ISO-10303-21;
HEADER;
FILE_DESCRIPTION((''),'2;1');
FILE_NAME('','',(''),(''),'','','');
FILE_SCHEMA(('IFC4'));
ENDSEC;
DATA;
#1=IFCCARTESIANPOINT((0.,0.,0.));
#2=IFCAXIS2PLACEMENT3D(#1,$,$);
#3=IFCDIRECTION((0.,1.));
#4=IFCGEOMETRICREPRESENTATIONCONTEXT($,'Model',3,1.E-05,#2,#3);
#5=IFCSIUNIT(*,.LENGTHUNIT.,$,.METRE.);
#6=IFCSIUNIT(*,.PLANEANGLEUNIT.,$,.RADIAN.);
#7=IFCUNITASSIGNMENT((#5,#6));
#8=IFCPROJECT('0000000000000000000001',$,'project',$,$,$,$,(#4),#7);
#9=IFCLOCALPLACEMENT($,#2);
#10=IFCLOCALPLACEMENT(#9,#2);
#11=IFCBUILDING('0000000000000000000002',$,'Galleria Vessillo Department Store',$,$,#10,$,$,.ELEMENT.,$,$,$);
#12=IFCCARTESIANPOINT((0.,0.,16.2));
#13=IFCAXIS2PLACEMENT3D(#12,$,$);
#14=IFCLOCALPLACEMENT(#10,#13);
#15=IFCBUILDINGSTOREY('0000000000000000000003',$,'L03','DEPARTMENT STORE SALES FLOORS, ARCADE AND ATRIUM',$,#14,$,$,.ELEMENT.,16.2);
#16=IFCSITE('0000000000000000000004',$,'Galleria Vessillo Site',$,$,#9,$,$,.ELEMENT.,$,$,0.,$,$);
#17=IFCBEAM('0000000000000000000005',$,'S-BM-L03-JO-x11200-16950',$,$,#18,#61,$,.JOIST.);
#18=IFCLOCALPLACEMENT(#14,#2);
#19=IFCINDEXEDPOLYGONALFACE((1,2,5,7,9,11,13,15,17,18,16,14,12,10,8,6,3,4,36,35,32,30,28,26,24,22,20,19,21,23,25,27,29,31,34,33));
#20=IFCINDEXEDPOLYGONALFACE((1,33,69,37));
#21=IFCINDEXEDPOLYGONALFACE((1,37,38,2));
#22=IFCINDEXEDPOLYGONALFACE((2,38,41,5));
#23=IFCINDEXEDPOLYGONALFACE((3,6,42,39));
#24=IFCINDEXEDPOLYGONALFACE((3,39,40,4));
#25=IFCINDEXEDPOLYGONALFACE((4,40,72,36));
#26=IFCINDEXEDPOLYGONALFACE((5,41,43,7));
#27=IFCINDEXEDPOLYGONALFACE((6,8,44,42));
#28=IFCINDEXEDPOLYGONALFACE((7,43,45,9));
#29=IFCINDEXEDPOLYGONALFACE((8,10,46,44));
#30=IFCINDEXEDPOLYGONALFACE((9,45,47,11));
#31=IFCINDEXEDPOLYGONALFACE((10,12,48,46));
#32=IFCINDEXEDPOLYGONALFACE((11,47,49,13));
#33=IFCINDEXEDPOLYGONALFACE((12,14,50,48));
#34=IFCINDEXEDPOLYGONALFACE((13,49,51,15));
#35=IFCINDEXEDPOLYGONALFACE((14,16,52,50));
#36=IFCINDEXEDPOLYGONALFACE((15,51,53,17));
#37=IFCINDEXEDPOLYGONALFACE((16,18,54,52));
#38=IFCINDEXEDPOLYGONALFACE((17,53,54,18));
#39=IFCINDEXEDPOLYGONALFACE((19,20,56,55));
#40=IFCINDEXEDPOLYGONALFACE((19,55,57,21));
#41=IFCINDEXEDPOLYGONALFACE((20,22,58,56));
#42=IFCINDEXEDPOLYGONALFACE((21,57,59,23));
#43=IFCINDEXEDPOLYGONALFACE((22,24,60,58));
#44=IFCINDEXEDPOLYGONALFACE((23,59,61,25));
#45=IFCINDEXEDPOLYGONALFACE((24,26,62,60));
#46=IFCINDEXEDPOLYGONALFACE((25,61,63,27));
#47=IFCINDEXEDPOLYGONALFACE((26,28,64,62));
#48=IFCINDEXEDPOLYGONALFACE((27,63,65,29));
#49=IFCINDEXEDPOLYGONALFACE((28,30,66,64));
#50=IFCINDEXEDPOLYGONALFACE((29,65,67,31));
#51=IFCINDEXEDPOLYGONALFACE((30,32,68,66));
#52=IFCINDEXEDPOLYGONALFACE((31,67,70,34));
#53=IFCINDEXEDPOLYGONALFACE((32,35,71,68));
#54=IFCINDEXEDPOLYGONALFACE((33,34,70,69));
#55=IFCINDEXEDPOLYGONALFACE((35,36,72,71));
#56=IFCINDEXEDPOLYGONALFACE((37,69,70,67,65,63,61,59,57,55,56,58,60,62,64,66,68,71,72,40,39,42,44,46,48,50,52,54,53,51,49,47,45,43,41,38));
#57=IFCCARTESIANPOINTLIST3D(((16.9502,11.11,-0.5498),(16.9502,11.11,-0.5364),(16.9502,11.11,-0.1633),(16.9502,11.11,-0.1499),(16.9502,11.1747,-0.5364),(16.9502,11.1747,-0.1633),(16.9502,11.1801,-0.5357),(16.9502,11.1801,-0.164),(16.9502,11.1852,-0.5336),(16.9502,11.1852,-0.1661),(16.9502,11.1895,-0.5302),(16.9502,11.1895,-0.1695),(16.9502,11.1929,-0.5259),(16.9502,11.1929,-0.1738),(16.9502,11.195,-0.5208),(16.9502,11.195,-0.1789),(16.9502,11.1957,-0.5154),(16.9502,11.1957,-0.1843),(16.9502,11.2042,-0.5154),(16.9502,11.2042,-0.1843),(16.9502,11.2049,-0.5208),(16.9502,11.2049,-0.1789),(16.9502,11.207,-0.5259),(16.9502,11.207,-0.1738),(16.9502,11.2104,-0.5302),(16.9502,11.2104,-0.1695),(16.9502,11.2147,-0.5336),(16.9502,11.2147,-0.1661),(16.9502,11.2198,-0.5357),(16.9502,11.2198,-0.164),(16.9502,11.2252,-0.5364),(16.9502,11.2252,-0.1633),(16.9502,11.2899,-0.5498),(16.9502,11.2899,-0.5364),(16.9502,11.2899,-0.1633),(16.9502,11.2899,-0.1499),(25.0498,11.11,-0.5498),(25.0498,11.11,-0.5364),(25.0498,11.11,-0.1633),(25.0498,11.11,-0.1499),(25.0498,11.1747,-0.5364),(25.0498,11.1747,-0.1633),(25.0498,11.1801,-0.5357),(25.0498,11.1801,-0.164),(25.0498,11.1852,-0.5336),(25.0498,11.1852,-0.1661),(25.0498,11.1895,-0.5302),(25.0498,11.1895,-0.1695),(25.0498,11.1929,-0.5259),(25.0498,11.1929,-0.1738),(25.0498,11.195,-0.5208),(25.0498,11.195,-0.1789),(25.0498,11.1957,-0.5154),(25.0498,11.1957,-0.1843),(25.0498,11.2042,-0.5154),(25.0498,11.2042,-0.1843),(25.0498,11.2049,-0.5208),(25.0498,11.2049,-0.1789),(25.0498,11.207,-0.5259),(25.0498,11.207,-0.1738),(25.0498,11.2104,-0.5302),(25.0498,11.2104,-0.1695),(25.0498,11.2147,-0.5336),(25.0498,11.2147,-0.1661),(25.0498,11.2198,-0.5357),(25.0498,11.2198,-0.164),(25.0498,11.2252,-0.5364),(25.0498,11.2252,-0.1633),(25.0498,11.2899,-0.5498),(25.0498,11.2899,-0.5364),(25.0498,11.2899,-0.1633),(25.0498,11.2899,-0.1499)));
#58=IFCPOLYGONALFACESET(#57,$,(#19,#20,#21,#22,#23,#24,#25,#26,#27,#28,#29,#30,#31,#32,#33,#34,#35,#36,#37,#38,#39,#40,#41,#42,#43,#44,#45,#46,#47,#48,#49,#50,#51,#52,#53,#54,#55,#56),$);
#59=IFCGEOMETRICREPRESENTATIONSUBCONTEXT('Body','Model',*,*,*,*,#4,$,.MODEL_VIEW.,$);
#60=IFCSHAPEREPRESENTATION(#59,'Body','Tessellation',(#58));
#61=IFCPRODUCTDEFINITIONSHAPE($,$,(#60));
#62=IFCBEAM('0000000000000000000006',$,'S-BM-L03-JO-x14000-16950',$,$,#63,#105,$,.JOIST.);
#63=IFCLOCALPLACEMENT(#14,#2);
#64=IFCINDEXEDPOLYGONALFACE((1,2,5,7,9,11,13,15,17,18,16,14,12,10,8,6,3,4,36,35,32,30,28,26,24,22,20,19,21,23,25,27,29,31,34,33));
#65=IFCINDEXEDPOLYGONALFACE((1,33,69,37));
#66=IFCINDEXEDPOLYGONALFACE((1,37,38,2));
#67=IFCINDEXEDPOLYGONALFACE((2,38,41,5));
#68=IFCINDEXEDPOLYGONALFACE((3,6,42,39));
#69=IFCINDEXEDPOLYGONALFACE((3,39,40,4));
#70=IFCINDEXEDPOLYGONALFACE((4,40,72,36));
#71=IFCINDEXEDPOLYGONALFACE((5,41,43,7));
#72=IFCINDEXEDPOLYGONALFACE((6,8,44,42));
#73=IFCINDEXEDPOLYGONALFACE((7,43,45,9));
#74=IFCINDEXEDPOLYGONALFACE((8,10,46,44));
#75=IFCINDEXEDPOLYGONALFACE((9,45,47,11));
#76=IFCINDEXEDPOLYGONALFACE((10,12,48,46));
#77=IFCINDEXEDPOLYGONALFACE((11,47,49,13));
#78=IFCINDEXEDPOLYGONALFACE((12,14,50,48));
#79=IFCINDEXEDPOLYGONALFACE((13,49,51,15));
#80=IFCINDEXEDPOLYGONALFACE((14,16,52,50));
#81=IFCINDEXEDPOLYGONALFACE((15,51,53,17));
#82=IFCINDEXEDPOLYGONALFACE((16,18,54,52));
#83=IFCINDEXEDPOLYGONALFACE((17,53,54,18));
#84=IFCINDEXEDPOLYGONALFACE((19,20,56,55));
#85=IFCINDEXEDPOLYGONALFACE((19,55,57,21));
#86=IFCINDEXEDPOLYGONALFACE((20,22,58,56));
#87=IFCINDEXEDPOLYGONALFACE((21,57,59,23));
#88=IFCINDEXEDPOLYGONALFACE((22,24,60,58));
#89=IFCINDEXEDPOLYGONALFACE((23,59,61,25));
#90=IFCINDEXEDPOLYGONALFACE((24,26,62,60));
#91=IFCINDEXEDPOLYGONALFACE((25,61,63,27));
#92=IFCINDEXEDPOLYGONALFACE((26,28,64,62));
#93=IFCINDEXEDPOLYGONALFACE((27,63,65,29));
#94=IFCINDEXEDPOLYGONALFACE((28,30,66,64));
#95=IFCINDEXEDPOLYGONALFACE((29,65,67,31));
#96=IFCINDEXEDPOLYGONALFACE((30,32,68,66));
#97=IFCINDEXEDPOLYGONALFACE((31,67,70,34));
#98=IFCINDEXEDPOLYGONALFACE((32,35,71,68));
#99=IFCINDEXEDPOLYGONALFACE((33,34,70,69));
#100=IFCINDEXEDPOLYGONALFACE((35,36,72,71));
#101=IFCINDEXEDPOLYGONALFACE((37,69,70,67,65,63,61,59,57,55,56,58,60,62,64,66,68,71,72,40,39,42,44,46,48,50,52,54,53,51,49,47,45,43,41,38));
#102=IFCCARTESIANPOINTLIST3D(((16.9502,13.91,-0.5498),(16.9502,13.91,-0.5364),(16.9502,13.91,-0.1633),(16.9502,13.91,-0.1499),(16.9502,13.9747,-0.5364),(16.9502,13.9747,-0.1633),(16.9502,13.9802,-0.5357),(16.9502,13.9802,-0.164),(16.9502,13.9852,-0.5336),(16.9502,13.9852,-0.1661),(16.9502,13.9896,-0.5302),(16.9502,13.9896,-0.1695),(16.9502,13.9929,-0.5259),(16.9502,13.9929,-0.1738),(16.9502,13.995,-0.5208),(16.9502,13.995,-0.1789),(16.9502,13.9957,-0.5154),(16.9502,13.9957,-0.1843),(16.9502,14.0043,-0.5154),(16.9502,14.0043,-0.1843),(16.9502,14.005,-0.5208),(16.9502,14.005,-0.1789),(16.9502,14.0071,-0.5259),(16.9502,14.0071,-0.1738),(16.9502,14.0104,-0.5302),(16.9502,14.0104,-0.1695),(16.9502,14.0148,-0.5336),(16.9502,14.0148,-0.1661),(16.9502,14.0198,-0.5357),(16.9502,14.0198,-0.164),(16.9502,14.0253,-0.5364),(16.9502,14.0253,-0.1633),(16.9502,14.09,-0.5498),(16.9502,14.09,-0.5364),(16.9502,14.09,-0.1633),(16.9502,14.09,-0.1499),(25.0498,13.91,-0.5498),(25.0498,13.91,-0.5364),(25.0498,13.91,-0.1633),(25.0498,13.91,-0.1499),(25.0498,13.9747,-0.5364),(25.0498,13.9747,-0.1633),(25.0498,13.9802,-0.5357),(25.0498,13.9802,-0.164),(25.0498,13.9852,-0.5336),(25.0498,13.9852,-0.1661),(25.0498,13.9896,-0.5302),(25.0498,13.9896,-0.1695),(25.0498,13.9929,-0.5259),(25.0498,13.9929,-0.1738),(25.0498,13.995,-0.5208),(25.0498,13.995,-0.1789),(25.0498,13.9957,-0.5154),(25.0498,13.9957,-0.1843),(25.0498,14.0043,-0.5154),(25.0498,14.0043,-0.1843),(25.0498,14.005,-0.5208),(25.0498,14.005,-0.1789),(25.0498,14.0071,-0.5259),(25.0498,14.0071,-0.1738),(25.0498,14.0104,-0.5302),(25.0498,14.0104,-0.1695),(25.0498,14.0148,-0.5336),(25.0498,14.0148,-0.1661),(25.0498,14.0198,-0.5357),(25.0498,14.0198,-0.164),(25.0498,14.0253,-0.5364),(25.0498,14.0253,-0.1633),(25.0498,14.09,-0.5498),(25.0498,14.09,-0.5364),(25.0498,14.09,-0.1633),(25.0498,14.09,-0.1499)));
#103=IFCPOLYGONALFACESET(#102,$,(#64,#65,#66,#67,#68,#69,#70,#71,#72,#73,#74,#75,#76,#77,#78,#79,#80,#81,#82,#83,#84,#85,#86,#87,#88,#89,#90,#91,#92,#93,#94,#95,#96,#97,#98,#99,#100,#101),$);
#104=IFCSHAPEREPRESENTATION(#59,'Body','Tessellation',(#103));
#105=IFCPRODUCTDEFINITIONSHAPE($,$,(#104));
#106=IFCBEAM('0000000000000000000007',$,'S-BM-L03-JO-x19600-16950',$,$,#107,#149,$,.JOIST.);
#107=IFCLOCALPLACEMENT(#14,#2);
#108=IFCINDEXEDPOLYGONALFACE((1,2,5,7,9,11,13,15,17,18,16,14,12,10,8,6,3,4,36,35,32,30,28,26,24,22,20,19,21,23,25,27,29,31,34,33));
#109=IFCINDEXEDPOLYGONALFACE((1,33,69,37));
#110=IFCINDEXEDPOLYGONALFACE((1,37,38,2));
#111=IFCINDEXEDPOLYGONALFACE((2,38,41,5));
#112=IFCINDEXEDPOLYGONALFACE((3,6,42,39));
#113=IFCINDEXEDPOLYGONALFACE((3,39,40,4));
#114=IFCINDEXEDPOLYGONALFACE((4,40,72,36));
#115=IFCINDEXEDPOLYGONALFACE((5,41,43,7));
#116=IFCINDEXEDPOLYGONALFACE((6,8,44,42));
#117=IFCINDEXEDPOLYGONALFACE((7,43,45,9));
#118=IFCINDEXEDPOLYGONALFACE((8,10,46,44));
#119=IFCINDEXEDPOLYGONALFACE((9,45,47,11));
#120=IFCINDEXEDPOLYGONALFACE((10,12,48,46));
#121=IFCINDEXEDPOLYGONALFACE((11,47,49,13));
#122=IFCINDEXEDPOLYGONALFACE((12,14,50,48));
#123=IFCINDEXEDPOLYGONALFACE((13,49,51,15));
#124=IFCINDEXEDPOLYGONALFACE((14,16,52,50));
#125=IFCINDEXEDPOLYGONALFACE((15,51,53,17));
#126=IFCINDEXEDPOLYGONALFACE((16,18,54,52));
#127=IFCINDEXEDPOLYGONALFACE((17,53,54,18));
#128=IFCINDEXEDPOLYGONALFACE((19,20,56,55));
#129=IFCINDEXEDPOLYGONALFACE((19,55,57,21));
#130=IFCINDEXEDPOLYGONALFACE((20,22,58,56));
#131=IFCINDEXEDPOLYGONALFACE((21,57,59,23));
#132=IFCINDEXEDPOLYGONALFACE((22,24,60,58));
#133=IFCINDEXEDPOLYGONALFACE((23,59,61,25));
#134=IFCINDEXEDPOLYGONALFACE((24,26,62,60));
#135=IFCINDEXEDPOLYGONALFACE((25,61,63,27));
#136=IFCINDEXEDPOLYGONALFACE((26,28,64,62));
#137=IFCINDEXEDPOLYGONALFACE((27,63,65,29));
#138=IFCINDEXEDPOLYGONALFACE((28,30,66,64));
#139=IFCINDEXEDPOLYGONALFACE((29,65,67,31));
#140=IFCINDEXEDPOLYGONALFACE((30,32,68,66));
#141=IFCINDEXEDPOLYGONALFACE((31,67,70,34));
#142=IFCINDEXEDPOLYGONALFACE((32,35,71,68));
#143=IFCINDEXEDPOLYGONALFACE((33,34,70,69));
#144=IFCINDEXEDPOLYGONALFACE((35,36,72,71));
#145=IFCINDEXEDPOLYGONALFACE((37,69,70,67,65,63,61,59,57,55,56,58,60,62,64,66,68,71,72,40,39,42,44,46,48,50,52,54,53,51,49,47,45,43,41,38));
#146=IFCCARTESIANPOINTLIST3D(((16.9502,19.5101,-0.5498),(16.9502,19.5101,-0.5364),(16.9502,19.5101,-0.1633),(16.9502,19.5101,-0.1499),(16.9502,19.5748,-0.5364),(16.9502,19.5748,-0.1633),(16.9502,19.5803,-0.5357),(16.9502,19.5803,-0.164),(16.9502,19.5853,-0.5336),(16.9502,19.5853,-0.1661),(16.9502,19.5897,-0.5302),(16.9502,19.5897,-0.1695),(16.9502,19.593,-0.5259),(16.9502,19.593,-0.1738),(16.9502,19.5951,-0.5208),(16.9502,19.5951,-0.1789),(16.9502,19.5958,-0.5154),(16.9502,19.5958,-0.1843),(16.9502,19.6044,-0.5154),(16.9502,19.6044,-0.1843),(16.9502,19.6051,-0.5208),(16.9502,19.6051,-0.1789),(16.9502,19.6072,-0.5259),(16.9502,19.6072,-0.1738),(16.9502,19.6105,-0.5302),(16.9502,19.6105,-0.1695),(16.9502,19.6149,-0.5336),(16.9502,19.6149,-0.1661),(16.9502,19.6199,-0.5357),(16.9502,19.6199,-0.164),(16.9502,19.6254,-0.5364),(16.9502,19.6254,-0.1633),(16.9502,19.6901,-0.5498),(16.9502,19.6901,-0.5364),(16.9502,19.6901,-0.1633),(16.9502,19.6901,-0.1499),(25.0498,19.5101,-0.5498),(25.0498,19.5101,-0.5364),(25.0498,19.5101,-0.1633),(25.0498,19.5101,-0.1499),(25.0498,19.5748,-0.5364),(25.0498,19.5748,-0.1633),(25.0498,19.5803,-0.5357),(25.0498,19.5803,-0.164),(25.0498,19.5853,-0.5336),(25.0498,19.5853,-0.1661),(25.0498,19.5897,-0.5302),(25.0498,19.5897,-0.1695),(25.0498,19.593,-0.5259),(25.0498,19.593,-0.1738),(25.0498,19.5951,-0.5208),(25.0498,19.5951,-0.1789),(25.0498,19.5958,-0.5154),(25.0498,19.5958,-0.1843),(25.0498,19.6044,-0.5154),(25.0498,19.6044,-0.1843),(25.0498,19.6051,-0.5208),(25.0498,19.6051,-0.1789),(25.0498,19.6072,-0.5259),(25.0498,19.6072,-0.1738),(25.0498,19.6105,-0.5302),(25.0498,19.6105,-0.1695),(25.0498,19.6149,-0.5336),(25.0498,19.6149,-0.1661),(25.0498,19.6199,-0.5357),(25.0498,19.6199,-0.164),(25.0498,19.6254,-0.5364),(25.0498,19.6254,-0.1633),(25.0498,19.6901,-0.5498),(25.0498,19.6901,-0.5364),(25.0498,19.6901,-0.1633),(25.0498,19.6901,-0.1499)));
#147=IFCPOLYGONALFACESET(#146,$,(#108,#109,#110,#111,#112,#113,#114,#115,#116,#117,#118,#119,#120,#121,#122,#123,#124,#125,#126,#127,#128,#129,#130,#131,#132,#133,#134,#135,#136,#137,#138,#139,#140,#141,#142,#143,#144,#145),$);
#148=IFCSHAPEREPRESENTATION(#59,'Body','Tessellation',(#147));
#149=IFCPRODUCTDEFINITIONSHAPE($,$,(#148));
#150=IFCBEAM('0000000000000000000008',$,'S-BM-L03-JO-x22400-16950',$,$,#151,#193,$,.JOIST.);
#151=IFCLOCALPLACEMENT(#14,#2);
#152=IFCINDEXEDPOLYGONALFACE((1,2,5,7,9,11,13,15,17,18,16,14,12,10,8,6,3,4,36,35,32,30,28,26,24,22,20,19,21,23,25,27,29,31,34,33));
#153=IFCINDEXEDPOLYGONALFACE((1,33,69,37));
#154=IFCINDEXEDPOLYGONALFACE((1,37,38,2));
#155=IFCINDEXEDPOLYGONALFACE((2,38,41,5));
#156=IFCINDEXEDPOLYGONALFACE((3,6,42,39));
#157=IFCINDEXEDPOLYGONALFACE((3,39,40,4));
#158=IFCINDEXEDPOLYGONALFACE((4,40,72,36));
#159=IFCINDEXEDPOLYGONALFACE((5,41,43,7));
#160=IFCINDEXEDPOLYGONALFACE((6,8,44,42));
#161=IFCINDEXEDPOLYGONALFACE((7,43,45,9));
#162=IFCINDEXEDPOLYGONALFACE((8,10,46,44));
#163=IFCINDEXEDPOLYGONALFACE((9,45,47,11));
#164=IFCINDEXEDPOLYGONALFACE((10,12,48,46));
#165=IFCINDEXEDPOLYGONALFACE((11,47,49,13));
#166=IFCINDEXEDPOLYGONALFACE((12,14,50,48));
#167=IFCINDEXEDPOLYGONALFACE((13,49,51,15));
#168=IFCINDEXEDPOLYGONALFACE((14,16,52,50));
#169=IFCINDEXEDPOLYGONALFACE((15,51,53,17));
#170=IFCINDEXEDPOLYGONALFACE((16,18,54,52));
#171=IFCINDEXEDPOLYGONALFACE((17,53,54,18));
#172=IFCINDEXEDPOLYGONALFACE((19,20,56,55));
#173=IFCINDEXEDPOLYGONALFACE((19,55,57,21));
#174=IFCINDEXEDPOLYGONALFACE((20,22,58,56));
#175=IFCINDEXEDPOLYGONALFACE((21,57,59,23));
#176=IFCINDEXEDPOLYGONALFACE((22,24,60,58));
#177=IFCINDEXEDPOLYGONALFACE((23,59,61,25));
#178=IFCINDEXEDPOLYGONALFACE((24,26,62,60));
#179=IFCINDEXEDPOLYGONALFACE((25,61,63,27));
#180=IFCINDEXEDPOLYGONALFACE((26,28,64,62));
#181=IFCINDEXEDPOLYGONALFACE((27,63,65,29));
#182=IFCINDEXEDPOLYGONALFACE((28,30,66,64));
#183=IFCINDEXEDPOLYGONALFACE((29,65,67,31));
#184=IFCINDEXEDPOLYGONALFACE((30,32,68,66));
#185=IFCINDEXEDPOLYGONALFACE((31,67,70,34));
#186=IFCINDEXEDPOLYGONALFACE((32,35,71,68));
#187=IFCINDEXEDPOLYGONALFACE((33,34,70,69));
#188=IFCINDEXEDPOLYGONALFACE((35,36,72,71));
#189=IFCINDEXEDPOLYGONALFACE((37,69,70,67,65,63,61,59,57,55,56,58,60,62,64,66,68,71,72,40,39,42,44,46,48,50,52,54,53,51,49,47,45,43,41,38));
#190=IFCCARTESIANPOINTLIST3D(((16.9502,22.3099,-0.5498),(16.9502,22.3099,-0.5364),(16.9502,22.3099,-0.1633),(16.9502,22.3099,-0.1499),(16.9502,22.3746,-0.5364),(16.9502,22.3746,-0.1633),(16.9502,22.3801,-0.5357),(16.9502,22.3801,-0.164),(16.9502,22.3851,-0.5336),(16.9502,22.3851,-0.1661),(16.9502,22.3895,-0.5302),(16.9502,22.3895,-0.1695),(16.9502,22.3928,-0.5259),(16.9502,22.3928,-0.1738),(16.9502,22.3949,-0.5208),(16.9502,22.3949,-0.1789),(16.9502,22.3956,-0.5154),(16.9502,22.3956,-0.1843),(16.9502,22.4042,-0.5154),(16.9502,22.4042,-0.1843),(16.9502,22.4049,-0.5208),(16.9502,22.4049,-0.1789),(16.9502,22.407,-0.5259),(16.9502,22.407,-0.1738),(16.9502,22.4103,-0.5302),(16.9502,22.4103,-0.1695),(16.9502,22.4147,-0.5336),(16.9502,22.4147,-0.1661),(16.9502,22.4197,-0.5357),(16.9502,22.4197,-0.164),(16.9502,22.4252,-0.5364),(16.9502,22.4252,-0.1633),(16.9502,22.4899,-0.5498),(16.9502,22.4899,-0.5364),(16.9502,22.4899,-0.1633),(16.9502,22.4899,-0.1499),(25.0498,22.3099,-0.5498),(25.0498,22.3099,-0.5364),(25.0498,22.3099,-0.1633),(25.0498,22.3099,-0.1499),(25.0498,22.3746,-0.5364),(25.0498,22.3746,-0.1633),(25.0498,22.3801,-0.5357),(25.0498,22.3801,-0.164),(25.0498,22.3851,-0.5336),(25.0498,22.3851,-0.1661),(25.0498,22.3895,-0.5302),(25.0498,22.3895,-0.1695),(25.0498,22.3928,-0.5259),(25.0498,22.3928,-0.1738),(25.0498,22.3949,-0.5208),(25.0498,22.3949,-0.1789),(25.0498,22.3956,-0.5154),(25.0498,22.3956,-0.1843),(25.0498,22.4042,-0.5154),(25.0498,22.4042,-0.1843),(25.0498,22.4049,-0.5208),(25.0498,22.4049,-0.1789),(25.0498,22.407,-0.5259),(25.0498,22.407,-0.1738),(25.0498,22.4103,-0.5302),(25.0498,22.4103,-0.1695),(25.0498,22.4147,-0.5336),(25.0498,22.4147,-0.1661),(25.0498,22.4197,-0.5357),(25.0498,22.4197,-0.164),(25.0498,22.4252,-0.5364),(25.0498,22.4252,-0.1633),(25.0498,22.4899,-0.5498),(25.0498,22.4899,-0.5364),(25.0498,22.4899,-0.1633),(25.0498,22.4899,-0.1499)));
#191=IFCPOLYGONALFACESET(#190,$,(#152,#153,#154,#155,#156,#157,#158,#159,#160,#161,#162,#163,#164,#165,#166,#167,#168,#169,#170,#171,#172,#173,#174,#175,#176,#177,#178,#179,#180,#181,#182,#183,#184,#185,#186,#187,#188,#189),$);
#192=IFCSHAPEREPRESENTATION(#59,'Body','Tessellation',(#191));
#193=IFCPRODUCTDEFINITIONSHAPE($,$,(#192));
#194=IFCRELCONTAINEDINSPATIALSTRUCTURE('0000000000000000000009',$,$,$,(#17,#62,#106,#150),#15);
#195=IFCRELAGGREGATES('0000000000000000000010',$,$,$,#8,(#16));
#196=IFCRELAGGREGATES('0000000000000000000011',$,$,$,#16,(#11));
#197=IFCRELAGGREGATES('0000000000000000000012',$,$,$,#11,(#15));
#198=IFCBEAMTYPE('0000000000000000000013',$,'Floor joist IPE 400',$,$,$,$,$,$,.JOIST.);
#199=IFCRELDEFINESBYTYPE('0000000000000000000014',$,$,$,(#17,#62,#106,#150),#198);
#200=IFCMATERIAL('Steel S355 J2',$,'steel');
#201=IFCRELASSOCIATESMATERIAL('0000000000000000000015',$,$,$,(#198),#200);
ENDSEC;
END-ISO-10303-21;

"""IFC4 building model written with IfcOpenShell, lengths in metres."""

from ifc_helpers import new_model, si_unit, direction, frame, origin, origin_2d, place, context, subcontext, project, spatial, i_section, extrude, material, material_profile, profile_set, type_object, element, save


model = new_model("IFC4")

# Units and contexts
model_context = context("Model", 3, precision=1e-05, world=origin(), true_north=direction((0.0, 1.0)))
body_context = subcontext(model_context, "Body", "Model", "MODEL_VIEW")
ifc_project = project(units=[si_unit("LENGTHUNIT", "METRE"), si_unit("PLANEANGLEUNIT", "RADIAN")], contexts=[model_context])

# Site, building, storey
site_placement = place(None, origin())
site = spatial("IfcSite", under=ifc_project, at=site_placement, Name="Galleria Vessillo Site", CompositionType="ELEMENT", RefElevation=0.0)
building_placement = place(site_placement, origin())
building = spatial("IfcBuilding", under=site, at=building_placement, Name="Galleria Vessillo Department Store", CompositionType="ELEMENT")
storey_placement = place(building_placement, frame((0.0, 0.0, 16.2)))
storey = spatial("IfcBuildingStorey", under=building, at=storey_placement, Name="L03", Description="DEPARTMENT STORE SALES FLOORS, ARCADE AND ATRIUM", CompositionType="ELEMENT", Elevation=16.2)

# Beams
ifc_material_1 = material(Name="Steel S355 J2", Category="steel")
ifc_material_profile_1 = material_profile(ifc_material_1, i_section(OverallWidth=0.1799, OverallDepth=0.3999, WebThickness=0.0085, FlangeThickness=0.0134, FilletRadius=0.021, at=origin_2d()), Name="IPE 400")
ifc_profile_set_1 = profile_set([ifc_material_profile_1], Name="Steel S355 J2")
beam_type_1 = type_object("IfcBeamType", Name="Floor joist IPE 400", PredefinedType="JOIST", material=ifc_profile_set_1)
for number, where, z_axis, x_axis, name in (
    (1, (16.9502, 11.2, -0.3499), (1.0, 0.0, 0.0), (0.0, 1.0, 0.0), "S-BM-L03-JO-x11200-16950"),
    (2, (16.9502, 14.0, -0.3499), (1.0, 0.0, 0.0), (0.0, 1.0, 0.0), "S-BM-L03-JO-x14000-16950"),
    (3, (16.9502, 19.6001, -0.3499), (1.0, 0.0, 0.0), (0.0, 1.0, 0.0), "S-BM-L03-JO-x19600-16950"),
    (4, (16.9502, 22.3999, -0.3499), (1.0, 0.0, 0.0), (0.0, 1.0, 0.0), "S-BM-L03-JO-x22400-16950"),
):
    element("IfcBeam", number, at=place(storey_placement, frame(where, z_axis=z_axis, x_axis=x_axis)), inside=storey, type_object=beam_type_1, Name=name, PredefinedType="JOIST", context=body_context, shape_type="SweptSolid", body=[
        extrude(i_section(OverallWidth=0.1799, OverallDepth=0.3999, WebThickness=0.0085, FlangeThickness=0.0134, FilletRadius=0.021, at=origin_2d()), origin(), (0.0, 0.0, 1.0), 8.0996),
    ])

save(model, "model.ifc")
